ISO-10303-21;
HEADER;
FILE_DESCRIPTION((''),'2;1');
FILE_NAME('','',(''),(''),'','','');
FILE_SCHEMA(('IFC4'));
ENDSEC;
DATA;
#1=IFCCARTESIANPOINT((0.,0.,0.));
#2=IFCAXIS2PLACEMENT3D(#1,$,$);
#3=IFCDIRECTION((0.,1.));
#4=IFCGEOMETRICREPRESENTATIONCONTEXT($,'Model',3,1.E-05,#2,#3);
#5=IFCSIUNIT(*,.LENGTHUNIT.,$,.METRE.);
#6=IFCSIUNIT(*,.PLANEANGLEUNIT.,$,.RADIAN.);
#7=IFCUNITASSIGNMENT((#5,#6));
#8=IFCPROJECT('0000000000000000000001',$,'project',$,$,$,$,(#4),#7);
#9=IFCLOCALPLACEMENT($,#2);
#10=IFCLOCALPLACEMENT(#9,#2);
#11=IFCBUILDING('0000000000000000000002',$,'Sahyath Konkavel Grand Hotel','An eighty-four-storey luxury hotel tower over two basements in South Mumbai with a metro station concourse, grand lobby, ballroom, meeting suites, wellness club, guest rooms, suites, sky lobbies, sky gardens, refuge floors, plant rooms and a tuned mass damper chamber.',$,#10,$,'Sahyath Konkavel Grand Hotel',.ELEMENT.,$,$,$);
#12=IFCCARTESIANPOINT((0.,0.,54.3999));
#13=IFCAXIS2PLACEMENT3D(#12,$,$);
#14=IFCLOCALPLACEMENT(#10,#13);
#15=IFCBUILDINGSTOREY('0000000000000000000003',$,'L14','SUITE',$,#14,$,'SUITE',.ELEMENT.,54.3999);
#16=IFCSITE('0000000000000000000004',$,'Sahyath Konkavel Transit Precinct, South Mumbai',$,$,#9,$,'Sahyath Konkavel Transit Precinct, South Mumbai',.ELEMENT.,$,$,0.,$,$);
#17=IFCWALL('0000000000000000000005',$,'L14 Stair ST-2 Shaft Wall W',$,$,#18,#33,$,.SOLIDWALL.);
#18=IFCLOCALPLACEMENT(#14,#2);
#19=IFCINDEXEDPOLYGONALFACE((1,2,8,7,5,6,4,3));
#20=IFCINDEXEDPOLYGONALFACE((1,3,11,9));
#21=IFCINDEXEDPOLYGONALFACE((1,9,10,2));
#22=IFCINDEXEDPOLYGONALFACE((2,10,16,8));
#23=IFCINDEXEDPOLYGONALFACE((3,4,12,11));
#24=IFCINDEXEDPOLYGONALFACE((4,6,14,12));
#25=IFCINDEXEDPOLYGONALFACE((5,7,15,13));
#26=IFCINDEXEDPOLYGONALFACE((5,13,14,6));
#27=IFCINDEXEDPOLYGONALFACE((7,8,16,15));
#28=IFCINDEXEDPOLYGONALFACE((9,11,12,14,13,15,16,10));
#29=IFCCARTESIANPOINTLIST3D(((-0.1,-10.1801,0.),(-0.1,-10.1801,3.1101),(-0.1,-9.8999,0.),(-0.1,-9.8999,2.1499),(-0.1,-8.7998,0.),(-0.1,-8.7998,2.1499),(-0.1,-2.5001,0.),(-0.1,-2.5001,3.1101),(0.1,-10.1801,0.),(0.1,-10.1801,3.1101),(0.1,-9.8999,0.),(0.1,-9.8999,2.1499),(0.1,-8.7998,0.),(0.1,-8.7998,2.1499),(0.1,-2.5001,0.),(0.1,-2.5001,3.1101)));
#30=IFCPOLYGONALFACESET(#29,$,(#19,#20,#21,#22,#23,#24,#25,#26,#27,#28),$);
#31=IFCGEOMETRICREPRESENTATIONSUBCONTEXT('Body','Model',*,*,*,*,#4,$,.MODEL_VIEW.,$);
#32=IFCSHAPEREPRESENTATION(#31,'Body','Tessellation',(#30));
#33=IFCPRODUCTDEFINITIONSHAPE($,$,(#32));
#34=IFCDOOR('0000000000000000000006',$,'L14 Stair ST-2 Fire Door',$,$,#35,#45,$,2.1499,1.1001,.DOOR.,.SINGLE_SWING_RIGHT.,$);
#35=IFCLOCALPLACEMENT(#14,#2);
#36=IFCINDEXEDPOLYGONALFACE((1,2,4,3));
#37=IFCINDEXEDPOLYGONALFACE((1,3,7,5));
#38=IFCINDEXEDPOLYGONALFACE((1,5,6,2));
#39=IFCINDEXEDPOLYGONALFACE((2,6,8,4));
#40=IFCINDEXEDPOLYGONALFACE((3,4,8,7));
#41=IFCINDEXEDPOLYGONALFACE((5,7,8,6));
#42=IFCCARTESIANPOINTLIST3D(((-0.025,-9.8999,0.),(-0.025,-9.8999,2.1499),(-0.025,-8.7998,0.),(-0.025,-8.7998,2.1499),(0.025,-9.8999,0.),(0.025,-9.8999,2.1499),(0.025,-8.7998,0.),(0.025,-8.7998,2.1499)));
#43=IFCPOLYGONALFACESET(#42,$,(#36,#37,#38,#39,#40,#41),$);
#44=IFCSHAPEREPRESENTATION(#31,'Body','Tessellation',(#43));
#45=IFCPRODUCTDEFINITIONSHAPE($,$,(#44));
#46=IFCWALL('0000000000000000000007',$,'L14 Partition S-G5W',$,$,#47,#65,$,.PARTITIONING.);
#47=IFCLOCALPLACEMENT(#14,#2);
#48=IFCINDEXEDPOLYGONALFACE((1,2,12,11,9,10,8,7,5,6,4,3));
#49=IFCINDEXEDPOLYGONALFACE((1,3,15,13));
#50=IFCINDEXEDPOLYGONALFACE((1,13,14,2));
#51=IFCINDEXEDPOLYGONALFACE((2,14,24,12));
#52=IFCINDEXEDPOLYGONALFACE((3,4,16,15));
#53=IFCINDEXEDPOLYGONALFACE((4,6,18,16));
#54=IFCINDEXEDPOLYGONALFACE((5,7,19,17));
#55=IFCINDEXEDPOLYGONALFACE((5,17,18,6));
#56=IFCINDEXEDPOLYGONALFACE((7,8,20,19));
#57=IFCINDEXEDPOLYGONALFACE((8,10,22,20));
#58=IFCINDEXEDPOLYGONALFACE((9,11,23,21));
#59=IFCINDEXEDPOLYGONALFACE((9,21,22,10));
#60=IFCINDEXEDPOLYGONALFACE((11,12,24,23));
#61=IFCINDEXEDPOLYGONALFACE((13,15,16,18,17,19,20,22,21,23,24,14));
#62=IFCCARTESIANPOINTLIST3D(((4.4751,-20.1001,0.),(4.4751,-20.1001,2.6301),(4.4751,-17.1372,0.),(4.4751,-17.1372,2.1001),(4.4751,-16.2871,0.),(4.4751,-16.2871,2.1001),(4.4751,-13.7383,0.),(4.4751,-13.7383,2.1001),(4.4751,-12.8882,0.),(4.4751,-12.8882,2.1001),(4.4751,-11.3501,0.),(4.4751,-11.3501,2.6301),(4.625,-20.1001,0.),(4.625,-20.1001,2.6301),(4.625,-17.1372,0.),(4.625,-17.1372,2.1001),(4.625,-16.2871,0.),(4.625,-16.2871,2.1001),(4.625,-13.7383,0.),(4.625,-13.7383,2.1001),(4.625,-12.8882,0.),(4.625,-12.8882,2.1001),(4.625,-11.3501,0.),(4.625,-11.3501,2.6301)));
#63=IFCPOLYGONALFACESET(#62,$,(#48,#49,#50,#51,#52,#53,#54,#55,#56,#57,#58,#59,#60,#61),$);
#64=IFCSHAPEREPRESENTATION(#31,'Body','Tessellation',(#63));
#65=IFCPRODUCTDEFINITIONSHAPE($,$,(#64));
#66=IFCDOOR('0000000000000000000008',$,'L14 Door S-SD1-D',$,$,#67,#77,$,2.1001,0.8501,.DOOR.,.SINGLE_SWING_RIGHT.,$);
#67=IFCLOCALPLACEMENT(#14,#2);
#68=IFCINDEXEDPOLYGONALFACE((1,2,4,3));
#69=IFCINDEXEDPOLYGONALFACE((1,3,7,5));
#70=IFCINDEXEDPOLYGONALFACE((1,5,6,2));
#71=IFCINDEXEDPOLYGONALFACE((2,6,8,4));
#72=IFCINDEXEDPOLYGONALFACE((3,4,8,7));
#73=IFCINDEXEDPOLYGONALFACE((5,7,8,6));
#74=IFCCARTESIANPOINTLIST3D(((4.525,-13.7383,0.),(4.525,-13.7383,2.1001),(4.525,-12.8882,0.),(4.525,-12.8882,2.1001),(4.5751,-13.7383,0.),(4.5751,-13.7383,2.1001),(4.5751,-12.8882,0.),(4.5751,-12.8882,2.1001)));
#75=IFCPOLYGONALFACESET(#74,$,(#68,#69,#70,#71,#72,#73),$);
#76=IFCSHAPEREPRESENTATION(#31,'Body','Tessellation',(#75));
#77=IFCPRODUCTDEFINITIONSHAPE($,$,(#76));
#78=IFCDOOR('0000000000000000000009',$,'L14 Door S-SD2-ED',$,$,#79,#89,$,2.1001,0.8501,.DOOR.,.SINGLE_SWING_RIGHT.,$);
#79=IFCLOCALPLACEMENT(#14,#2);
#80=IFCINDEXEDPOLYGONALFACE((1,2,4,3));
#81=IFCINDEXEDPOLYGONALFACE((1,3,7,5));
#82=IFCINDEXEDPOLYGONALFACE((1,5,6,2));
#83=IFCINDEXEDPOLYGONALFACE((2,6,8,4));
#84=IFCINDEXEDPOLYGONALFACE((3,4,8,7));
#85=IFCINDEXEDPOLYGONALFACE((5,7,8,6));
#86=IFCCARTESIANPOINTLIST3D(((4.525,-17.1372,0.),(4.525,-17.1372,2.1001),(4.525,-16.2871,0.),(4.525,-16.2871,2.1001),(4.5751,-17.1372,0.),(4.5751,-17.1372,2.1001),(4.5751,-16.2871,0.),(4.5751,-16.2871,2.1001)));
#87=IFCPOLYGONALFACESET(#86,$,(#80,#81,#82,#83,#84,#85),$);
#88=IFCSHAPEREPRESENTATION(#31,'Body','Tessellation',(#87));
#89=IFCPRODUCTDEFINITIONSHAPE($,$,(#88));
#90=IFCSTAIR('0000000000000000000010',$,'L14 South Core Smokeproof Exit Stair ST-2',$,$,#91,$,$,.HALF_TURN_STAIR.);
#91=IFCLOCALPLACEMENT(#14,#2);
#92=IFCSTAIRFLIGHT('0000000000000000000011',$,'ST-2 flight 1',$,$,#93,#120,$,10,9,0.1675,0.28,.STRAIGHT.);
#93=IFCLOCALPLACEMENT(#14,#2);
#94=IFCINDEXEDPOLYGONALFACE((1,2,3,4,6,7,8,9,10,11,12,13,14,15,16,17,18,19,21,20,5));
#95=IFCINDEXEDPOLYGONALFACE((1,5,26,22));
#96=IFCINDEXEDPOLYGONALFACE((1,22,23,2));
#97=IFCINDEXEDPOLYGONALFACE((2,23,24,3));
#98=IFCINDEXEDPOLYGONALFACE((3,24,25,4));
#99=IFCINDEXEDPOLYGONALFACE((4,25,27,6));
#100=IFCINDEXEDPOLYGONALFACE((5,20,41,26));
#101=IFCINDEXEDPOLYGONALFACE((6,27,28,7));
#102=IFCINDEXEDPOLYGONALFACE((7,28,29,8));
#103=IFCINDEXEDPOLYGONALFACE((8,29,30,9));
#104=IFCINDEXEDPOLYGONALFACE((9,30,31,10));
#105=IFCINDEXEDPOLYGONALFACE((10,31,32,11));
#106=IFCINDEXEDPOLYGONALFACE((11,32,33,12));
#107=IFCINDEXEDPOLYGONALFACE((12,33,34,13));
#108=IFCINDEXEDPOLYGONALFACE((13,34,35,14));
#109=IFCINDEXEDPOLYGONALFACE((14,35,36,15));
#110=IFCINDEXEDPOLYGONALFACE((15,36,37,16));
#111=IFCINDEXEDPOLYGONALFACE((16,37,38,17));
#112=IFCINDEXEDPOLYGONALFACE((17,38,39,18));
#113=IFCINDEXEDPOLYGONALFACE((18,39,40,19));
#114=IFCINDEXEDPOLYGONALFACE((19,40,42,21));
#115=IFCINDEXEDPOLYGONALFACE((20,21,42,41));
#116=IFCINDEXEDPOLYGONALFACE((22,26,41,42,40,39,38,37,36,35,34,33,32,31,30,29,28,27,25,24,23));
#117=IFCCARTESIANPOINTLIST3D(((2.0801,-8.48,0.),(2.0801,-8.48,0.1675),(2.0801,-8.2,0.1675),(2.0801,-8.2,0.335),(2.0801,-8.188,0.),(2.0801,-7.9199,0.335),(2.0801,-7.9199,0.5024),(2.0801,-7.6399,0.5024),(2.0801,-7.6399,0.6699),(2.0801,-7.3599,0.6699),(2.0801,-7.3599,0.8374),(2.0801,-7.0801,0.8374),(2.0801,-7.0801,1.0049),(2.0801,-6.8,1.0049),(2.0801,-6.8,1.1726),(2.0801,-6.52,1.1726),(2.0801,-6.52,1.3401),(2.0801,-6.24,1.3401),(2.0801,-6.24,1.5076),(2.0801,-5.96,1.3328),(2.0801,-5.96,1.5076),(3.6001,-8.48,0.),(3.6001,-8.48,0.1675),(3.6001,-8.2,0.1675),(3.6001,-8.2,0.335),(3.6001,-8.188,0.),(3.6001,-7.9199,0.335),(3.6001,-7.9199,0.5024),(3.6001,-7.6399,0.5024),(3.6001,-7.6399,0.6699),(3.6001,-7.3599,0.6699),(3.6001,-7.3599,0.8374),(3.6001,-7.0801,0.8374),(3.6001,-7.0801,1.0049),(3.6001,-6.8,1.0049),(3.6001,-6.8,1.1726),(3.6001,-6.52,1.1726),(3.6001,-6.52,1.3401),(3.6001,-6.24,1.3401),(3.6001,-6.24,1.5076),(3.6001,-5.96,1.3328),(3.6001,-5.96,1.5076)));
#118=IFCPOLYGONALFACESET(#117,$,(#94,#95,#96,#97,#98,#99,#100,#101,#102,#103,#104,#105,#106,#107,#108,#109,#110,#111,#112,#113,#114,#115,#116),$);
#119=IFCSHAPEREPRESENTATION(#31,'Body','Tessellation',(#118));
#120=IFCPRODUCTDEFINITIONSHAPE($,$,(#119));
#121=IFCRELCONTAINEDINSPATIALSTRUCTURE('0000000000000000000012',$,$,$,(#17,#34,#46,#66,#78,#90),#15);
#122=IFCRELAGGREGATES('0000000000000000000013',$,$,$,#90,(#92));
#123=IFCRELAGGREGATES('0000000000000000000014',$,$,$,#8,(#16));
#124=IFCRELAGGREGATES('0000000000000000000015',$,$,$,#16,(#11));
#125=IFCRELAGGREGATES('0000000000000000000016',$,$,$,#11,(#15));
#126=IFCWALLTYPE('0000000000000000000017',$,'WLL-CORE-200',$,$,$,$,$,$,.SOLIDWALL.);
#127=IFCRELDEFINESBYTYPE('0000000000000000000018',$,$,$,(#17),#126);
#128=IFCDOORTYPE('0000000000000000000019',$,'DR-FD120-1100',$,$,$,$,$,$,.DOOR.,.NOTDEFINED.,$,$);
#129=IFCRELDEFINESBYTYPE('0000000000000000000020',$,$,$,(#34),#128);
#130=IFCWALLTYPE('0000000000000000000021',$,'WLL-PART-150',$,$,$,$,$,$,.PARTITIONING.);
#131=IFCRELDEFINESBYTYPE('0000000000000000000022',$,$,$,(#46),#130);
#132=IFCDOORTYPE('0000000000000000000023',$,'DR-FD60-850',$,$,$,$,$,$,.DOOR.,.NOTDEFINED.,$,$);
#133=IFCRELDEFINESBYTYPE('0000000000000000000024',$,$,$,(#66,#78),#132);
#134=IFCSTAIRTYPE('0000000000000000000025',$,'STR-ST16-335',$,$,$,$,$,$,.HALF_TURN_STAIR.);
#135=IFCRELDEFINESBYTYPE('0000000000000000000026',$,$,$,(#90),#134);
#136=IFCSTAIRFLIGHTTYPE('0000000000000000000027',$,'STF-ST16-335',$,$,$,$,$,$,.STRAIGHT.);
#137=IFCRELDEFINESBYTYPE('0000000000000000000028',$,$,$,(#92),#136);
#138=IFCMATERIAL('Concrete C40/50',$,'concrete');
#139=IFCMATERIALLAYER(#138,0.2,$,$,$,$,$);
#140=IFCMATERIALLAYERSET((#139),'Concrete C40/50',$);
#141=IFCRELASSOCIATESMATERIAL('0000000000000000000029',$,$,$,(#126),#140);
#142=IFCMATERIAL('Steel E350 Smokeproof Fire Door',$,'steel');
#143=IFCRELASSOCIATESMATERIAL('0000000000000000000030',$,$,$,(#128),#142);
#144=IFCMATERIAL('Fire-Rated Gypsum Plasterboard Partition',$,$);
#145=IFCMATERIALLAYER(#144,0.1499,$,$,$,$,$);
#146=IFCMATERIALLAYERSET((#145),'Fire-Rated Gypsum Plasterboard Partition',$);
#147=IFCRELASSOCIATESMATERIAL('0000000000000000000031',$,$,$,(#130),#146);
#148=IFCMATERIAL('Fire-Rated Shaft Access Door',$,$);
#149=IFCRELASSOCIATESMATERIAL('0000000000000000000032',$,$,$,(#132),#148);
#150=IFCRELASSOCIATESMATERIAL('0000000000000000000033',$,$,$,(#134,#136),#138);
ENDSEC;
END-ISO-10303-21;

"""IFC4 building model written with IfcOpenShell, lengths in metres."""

from ifc_helpers import new_model, si_unit, direction, frame, frame_2d, origin, origin_2d, place, context, subcontext, project, spatial, polyline, rectangle, outline, extrude, source, transform, mapped, material, layer, layer_set, type_object, element, fill, aggregate, save


model = new_model("IFC4")

# Units and contexts
model_context = context("Model", 3, precision=1e-05, world=origin(), true_north=direction((0.0, 1.0)))
body_context = subcontext(model_context, "Body", "Model", "MODEL_VIEW")
ifc_project = project(units=[si_unit("LENGTHUNIT", "METRE"), si_unit("PLANEANGLEUNIT", "RADIAN")], contexts=[model_context])

# Site, building, storey
site_placement = place(None, origin())
site = spatial("IfcSite", under=ifc_project, at=site_placement, Name="Sahyath Konkavel Transit Precinct, South Mumbai", LongName="Sahyath Konkavel Transit Precinct, South Mumbai", CompositionType="ELEMENT", RefElevation=0.0)
building_placement = place(site_placement, origin())
building = spatial("IfcBuilding", under=site, at=building_placement, Name="Sahyath Konkavel Grand Hotel", Description="An eighty-four-storey luxury hotel tower over two basements in South Mumbai with a metro station concourse, grand lobby, ballroom, meeting suites, wellness club, guest rooms, suites, sky lobbies, sky gardens, refuge floors, plant rooms and a tuned mass damper chamber.", LongName="Sahyath Konkavel Grand Hotel", CompositionType="ELEMENT")
storey_placement = place(building_placement, frame((0.0, 0.0, 54.3999)))
storey = spatial("IfcBuildingStorey", under=building, at=storey_placement, Name="L14", Description="SUITE", LongName="SUITE", CompositionType="ELEMENT", Elevation=54.3999)

# Wall, opening, door
ifc_material_1 = material(Name="Concrete C40/50", Category="concrete")
ifc_layer_1 = layer(ifc_material_1, 0.2)
ifc_layer_set_1 = layer_set([ifc_layer_1], Name="Concrete C40/50")
wall_type_1 = type_object("IfcWallType", Name="WLL-CORE-200", PredefinedType="SOLIDWALL", material=ifc_layer_set_1)
wall_1_placement = place(storey_placement, frame((0.0, -10.1799, 0.0), z_axis=(0.0, 0.0, 1.0), x_axis=(0.0, 1.0, 0.0)))
wall_1 = element("IfcWall", 1, at=wall_1_placement, inside=storey, type_object=wall_type_1, Name="L14 Stair ST-2 Shaft Wall W", PredefinedType="SOLIDWALL", context=body_context, shape_type="SweptSolid", body=[
    extrude(rectangle(XDim=7.6799, YDim=0.2, at=frame_2d((3.8398, 0.0))), origin(), (0.0, 0.0, 1.0), 3.1101),
])
opening_1_placement = place(wall_1_placement, frame((0.28, 0.0, 0.0)))
opening_1 = element("IfcOpeningElement", 2, at=opening_1_placement, cuts=wall_1, PredefinedType="OPENING", context=body_context, shape_type="SweptSolid", body=[
    extrude(rectangle(XDim=1.1001, YDim=2.1499, at=frame_2d((0.55, 1.075))), frame((0.0, 0.1099, 0.0), z_axis=(0.0, -1.0, 0.0), x_axis=(1.0, 0.0, 0.0)), (0.0, 0.0, 1.0), 0.22),
])
ifc_material_2 = material(Name="Steel E350 Smokeproof Fire Door", Category="steel")
door_type_1 = type_object("IfcDoorType", Name="DR-FD120-1100", OperationType="NOTDEFINED", PredefinedType="DOOR", material=ifc_material_2)
shared_shape_1 = source(origin(), body_context, "Body", "SweptSolid", [
    extrude(rectangle(XDim=1.1001, YDim=0.05, at=origin_2d()), origin(), (0.0, 0.0, 1.0), 2.1499),
])
door_1_placement = place(opening_1_placement, frame((0.55, 0.0, 0.0)))
door_1 = element("IfcDoor", 3, at=door_1_placement, inside=storey, type_object=door_type_1, Name="L14 Stair ST-2 Fire Door", OperationType="SINGLE_SWING_RIGHT", OverallHeight=2.1499, OverallWidth=1.1001, PredefinedType="DOOR", context=body_context, shape_type="MappedRepresentation", body=[
    mapped(shared_shape_1, transform((0.0, 0.0, 0.0), scale=1.0)),
])
fill(opening_1, door_1)

# Wall, openings, doors
ifc_material_3 = material(Name="Fire-Rated Gypsum Plasterboard Partition")
ifc_layer_2 = layer(ifc_material_3, 0.1499)
ifc_layer_set_2 = layer_set([ifc_layer_2], Name="Fire-Rated Gypsum Plasterboard Partition")
wall_type_2 = type_object("IfcWallType", Name="WLL-PART-150", PredefinedType="PARTITIONING", material=ifc_layer_set_2)
wall_2_placement = place(storey_placement, frame((4.55, -11.3501, 0.0), z_axis=(0.0, 0.0, 1.0), x_axis=(0.0, -1.0, 0.0)))
wall_2 = element("IfcWall", 4, at=wall_2_placement, inside=storey, type_object=wall_type_2, Name="L14 Partition S-G5W", PredefinedType="PARTITIONING", context=body_context, shape_type="SweptSolid", body=[
    extrude(rectangle(XDim=8.75, YDim=0.1499, at=frame_2d((4.375, 0.0))), origin(), (0.0, 0.0, 1.0), 2.6301),
])
opening_2_placement = place(wall_2_placement, frame((1.5381, 0.0, 0.0)))
opening_2 = element("IfcOpeningElement", 5, at=opening_2_placement, cuts=wall_2, PredefinedType="OPENING", context=body_context, shape_type="SweptSolid", body=[
    extrude(rectangle(XDim=0.8501, YDim=2.1001, at=frame_2d((0.425, 1.05))), frame((0.0, 0.085, 0.0), z_axis=(0.0, -1.0, 0.0), x_axis=(1.0, 0.0, 0.0)), (0.0, 0.0, 1.0), 0.1699),
])
opening_3_placement = place(wall_2_placement, frame((4.937, 0.0, 0.0)))
opening_3 = element("IfcOpeningElement", 6, at=opening_3_placement, cuts=wall_2, PredefinedType="OPENING", context=body_context, shape_type="SweptSolid", body=[
    extrude(rectangle(XDim=0.8501, YDim=2.1001, at=frame_2d((0.425, 1.05))), frame((0.0, 0.085, 0.0), z_axis=(0.0, -1.0, 0.0), x_axis=(1.0, 0.0, 0.0)), (0.0, 0.0, 1.0), 0.1699),
])
ifc_material_4 = material(Name="Fire-Rated Shaft Access Door")
door_type_2 = type_object("IfcDoorType", Name="DR-FD60-850", OperationType="NOTDEFINED", PredefinedType="DOOR", material=ifc_material_4)
shared_shape_2 = source(origin(), body_context, "Body", "SweptSolid", [
    extrude(rectangle(XDim=0.8501, YDim=0.05, at=origin_2d()), origin(), (0.0, 0.0, 1.0), 2.1001),
])
door_2_placement = place(opening_2_placement, frame((0.425, 0.0, 0.0)))
door_2 = element("IfcDoor", 7, at=door_2_placement, inside=storey, type_object=door_type_2, Name="L14 Door S-SD1-D", OperationType="SINGLE_SWING_RIGHT", OverallHeight=2.1001, OverallWidth=0.8501, PredefinedType="DOOR", context=body_context, shape_type="MappedRepresentation", body=[
    mapped(shared_shape_2, transform((0.0, 0.0, 0.0), scale=1.0)),
])
fill(opening_2, door_2)
door_3_placement = place(opening_3_placement, frame((0.425, 0.0, 0.0)))
door_3 = element("IfcDoor", 8, at=door_3_placement, inside=storey, type_object=door_type_2, Name="L14 Door S-SD2-ED", OperationType="SINGLE_SWING_RIGHT", OverallHeight=2.1001, OverallWidth=0.8501, PredefinedType="DOOR", context=body_context, shape_type="MappedRepresentation", body=[
    mapped(shared_shape_2, transform((0.0, 0.0, 0.0), scale=1.0)),
])
fill(opening_3, door_3)

# Stair, stair flight
stair_type = type_object("IfcStairType", Name="STR-ST16-335", PredefinedType="HALF_TURN_STAIR", material=ifc_material_1)
stair_placement = place(storey_placement, origin())
stair = element("IfcStair", 9, at=stair_placement, inside=storey, type_object=stair_type, Name="L14 South Core Smokeproof Exit Stair ST-2", PredefinedType="HALF_TURN_STAIR")
stair_flight_type = type_object("IfcStairFlightType", Name="STF-ST16-335", PredefinedType="STRAIGHT", material=ifc_material_1)
stair_flight_placement = place(storey_placement, frame((2.8401, -8.48, 0.0), z_axis=(0.0, 0.0, 1.0), x_axis=(0.0, 1.0, 0.0)))
stair_flight = element("IfcStairFlight", 10, at=stair_flight_placement, type_object=stair_flight_type, Name="ST-2 flight 1", NumberOfRisers=10, NumberOfTreads=9, PredefinedType="STRAIGHT", RiserHeight=0.1675, TreadLength=0.28, context=body_context, shape_type="SweptSolid", body=[
    extrude(outline(polyline([(0.0, 0.0), (0.0, 0.1675), (0.28, 0.1675), (0.28, 0.335), (0.5601, 0.335), (0.5601, 0.5024), (0.8401, 0.5024), (0.8401, 0.6699), (1.1201, 0.6699), (1.1201, 0.8374), (1.3999, 0.8374), (1.3999, 1.0049), (1.6799, 1.0049), (1.6799, 1.1726), (1.96, 1.1726), (1.96, 1.3401), (2.24, 1.3401), (2.24, 1.5076), (2.52, 1.5076), (2.52, 1.675), (2.52, 1.3328), (0.292, 0.0), (0.0, 0.0)])), frame((0.0, 0.76, 0.0), z_axis=(0.0, -1.0, 0.0), x_axis=(1.0, 0.0, 0.0)), (0.0, 0.0, 1.0), 1.52),
])
aggregate(stair, [stair_flight])

save(model, "model.ifc")
